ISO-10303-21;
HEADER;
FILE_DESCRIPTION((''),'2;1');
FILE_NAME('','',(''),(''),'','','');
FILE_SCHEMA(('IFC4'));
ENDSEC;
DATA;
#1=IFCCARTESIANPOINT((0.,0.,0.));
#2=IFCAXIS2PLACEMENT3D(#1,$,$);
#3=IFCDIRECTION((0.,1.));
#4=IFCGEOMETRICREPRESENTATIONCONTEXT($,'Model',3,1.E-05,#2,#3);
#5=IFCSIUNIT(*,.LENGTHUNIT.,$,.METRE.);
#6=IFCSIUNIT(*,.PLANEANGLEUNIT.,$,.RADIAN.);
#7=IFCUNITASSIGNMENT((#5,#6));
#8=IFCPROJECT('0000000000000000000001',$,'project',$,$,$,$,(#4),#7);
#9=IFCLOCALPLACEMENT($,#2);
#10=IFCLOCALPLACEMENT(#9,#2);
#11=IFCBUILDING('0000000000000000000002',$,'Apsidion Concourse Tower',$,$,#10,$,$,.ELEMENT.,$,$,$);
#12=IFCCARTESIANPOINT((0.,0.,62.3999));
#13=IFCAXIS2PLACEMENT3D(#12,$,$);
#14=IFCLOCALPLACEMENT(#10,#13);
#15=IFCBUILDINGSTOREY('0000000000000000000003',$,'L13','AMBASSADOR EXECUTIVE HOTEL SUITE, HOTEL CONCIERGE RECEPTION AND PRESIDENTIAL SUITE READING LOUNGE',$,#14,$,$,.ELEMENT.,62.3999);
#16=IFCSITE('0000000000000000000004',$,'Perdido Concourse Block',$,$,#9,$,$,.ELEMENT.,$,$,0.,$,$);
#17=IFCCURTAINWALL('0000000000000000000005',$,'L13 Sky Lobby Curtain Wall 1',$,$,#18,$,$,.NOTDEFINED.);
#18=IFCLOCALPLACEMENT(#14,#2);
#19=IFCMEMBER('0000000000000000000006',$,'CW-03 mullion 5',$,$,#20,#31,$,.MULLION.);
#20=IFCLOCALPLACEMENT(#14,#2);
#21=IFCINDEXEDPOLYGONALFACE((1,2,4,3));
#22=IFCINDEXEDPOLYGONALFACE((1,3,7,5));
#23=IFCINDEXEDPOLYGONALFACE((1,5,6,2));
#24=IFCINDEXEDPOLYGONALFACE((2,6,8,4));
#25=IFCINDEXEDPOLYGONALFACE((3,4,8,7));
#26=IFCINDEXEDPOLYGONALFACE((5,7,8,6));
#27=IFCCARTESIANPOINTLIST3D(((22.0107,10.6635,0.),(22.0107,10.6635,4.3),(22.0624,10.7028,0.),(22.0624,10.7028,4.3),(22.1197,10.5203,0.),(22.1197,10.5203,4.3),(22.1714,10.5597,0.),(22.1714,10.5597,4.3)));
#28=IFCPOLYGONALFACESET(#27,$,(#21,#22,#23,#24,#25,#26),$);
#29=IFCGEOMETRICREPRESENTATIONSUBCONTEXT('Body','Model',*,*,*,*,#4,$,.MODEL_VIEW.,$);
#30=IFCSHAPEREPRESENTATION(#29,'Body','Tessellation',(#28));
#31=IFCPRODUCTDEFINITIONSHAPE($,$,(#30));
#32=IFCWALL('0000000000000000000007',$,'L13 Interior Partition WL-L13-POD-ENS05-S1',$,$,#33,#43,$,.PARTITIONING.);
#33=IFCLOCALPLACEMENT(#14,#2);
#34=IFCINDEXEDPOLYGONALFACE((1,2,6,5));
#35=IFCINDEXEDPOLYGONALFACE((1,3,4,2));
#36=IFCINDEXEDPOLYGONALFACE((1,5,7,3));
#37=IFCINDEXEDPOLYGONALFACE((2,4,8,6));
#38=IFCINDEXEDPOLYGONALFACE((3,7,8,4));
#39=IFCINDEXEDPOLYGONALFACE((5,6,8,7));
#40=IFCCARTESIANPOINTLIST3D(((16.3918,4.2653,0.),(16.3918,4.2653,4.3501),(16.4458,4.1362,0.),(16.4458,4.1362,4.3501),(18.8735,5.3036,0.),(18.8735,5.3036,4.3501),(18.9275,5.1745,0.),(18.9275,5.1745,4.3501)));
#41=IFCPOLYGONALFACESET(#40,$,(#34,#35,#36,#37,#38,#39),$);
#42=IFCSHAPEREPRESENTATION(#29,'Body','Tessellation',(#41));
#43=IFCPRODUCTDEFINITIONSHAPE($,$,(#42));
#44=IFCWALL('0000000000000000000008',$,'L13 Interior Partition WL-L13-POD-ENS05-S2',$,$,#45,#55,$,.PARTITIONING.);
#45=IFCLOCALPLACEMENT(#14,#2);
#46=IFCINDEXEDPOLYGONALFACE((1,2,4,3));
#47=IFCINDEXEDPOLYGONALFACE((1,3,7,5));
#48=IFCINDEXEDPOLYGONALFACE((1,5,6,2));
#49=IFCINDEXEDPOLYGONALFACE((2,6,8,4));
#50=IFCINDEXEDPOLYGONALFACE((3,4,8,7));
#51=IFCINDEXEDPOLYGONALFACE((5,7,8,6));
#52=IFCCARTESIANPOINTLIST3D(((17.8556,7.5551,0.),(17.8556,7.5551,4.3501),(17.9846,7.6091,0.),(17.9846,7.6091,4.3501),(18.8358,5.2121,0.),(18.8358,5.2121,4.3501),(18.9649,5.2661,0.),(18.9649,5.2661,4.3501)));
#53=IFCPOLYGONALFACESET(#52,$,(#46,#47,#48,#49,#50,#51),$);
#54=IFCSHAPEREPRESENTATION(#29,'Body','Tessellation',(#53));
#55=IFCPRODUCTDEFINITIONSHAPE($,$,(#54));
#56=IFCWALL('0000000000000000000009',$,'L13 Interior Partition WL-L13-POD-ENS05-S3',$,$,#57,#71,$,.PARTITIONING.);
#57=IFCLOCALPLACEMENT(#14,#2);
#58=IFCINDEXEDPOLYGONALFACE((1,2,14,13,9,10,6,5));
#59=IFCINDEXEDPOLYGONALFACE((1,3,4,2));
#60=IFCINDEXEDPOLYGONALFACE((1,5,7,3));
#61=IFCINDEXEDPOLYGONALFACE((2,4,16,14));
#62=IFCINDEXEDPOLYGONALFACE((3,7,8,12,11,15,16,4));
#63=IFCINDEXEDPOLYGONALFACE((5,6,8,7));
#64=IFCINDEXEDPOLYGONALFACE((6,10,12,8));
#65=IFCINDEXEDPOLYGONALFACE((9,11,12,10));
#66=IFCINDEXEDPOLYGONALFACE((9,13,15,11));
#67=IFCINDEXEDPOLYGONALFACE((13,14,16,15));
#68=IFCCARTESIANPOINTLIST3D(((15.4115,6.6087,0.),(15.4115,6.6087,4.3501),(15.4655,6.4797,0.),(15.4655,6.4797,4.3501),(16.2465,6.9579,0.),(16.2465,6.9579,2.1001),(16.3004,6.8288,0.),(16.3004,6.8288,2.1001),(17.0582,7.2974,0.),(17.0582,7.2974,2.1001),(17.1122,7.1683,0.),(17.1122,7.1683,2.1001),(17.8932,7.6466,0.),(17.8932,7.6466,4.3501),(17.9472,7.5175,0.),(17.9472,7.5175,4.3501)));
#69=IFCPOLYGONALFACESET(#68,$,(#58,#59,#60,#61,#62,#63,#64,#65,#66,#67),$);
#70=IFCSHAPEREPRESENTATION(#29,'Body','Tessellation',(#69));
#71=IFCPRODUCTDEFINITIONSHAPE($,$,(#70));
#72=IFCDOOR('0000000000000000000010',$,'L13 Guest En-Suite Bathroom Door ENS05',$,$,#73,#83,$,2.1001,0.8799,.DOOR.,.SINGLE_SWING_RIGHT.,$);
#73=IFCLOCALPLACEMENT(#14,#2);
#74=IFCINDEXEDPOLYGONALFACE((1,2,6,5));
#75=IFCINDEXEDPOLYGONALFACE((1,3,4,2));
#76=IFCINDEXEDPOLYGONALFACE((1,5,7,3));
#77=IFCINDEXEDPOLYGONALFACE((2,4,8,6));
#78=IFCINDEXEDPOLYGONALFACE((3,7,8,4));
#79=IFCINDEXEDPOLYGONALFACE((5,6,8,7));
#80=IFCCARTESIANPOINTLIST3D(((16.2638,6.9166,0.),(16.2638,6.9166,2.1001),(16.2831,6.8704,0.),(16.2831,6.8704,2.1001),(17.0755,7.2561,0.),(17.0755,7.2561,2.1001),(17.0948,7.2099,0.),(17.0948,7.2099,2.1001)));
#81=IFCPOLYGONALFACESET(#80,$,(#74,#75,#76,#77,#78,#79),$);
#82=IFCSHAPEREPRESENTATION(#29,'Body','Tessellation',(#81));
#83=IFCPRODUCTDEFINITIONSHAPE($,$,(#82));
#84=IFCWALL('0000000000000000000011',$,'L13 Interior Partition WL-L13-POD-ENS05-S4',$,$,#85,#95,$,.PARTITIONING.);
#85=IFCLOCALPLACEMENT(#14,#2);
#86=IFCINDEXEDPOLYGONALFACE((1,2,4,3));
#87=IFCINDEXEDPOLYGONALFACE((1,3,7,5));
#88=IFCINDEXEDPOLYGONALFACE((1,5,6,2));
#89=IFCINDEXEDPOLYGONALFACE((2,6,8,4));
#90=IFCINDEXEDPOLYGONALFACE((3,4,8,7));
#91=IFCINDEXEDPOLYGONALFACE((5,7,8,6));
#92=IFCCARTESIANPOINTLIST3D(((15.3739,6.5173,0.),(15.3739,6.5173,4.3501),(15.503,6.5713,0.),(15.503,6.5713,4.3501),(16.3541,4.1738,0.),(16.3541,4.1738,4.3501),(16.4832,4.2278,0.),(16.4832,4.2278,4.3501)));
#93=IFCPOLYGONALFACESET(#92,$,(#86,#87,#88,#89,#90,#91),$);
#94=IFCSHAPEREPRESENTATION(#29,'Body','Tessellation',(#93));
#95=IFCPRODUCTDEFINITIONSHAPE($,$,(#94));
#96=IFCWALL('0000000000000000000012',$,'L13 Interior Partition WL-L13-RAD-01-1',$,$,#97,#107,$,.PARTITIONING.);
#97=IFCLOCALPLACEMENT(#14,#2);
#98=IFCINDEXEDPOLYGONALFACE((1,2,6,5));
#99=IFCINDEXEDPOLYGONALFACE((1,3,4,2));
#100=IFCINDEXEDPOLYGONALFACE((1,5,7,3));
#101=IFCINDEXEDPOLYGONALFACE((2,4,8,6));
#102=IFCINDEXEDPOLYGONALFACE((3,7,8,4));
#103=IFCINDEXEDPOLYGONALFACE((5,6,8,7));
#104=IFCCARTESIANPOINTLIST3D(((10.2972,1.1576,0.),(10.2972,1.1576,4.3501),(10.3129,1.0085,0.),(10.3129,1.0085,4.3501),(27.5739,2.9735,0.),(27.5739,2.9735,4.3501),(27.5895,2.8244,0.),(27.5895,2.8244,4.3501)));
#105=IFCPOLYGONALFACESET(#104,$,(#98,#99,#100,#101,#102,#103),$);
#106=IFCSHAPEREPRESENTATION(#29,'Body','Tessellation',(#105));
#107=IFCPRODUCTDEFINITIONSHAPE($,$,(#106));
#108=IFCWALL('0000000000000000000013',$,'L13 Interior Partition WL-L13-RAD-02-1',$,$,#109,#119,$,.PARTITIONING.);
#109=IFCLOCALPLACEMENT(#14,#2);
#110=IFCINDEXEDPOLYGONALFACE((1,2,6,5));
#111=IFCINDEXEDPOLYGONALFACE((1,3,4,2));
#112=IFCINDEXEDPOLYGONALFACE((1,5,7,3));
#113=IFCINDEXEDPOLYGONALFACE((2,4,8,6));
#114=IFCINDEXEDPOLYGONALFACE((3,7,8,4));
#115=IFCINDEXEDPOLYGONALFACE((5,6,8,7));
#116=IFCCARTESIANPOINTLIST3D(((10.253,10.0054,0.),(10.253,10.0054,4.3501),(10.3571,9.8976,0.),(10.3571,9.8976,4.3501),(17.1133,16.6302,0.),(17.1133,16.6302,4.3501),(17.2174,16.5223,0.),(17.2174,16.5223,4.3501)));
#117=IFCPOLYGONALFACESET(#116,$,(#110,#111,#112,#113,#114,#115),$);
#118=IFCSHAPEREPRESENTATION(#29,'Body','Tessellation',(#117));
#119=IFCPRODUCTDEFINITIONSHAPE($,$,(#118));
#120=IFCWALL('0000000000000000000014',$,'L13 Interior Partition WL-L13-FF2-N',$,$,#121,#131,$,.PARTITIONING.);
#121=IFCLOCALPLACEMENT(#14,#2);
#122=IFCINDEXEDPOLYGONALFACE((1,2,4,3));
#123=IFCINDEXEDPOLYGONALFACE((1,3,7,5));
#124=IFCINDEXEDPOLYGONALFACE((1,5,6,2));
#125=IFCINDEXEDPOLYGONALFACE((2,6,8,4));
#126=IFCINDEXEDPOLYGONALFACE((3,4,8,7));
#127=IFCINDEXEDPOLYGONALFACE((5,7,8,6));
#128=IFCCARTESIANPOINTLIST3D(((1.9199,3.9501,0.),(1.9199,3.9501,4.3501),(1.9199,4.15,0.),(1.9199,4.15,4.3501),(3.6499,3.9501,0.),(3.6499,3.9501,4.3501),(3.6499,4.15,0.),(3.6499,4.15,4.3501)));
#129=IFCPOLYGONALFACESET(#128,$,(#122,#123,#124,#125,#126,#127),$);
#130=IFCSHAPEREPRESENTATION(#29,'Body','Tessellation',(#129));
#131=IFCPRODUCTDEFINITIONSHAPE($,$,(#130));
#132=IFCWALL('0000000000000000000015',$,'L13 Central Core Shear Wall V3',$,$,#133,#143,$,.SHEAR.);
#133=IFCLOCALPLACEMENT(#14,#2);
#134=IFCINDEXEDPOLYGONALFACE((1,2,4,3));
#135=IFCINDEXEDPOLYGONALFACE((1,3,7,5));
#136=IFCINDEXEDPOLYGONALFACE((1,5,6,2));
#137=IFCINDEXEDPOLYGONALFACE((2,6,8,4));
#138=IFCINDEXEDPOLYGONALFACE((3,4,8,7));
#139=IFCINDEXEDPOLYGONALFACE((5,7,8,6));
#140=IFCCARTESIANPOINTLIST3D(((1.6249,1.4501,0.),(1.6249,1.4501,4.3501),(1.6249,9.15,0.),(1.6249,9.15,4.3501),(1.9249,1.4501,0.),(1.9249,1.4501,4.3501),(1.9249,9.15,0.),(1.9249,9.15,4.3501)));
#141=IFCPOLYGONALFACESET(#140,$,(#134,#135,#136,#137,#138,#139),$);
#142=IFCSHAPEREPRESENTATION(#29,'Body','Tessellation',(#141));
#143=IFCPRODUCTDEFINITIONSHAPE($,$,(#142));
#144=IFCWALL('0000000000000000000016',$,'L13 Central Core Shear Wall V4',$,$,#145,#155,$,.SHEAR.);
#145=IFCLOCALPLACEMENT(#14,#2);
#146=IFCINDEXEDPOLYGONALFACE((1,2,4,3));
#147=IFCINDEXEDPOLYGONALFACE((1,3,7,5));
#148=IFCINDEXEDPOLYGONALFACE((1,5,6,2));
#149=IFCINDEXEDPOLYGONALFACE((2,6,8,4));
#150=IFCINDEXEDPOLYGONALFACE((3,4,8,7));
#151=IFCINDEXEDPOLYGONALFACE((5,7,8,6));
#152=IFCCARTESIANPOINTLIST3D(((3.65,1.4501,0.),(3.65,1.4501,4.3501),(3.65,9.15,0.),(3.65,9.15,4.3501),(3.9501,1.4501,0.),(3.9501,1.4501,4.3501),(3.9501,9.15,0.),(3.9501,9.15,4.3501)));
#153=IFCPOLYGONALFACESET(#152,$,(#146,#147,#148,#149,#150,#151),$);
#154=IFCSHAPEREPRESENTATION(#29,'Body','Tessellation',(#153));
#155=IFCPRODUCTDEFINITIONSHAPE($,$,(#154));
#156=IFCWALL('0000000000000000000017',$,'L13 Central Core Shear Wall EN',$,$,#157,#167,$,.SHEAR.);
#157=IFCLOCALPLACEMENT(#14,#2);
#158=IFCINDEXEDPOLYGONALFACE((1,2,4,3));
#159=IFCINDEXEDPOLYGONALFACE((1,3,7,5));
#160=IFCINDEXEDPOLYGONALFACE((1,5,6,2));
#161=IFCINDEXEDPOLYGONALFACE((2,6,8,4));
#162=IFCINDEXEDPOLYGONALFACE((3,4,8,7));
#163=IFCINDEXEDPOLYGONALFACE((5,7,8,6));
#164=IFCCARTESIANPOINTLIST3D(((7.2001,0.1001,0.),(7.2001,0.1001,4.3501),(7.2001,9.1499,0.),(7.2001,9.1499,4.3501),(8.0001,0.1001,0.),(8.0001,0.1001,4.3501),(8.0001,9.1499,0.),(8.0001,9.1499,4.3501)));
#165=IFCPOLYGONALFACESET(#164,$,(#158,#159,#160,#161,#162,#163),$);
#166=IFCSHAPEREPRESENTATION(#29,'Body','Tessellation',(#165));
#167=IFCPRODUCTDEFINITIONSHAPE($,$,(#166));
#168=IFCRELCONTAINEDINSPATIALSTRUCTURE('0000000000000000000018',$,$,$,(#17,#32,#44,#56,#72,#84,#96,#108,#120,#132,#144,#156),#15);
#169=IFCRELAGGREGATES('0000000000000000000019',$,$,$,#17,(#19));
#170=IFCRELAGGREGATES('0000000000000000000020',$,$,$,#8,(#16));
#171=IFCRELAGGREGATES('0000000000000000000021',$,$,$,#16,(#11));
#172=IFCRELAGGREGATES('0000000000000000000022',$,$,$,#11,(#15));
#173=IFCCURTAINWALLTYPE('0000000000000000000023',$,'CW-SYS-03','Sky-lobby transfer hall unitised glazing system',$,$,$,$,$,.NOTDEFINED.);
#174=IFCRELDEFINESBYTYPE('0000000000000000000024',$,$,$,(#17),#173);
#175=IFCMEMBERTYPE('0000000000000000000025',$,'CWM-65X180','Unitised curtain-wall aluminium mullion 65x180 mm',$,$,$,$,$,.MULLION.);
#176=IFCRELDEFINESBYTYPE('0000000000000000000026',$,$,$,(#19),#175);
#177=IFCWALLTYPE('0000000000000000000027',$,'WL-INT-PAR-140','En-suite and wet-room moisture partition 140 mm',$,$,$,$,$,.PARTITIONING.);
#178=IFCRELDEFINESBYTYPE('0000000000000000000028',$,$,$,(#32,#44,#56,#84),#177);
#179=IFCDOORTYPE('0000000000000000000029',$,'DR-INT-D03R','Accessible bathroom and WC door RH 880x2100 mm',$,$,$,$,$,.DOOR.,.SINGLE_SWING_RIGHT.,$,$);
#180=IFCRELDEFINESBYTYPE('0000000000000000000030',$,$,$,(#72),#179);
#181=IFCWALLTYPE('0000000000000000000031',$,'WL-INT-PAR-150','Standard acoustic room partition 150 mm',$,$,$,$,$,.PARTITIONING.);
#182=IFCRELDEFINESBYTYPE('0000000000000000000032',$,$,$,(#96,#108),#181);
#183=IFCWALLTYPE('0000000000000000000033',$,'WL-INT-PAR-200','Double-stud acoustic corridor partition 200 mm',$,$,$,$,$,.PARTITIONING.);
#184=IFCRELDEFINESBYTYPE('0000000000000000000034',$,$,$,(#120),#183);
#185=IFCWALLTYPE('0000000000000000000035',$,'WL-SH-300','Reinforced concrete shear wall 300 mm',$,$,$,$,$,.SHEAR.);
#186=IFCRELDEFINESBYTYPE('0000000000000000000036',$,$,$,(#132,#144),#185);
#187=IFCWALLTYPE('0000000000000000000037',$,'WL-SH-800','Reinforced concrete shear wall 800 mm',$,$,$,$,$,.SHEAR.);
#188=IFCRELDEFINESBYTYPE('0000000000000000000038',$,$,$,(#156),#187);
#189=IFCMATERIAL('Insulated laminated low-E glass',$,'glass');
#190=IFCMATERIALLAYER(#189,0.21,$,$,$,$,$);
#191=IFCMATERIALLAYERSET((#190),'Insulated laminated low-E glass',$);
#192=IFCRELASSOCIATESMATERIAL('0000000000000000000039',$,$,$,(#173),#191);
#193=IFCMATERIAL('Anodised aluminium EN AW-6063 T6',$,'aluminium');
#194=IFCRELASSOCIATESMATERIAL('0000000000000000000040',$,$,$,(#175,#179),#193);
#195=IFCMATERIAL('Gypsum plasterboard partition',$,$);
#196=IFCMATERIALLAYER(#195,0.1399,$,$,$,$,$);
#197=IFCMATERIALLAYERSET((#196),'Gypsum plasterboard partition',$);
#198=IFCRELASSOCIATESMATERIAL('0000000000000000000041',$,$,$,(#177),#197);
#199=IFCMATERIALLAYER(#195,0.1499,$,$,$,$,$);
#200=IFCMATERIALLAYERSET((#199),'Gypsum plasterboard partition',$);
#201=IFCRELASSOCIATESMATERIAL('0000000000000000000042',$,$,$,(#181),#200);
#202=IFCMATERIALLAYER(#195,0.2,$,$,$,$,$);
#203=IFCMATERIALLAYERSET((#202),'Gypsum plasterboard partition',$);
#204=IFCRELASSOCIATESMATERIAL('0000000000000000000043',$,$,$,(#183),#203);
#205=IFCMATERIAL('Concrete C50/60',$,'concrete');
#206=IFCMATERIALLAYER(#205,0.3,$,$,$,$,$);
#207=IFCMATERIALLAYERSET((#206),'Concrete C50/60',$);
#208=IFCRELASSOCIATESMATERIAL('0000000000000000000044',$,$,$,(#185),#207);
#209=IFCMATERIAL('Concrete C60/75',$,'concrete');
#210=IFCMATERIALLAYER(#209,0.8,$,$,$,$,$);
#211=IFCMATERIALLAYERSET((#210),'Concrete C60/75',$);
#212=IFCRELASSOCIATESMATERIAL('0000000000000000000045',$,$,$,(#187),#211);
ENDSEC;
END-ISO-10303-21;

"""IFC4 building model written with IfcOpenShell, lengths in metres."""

from ifc_helpers import new_model, si_unit, direction, frame, frame_2d, origin, origin_2d, place, context, subcontext, project, spatial, rectangle, extrude, material, layer, layer_set, material_profile, profile_set, type_object, element, fill, aggregate, save


model = new_model("IFC4")

# Units and contexts
model_context = context("Model", 3, precision=1e-05, world=origin(), true_north=direction((0.0, 1.0)))
body_context = subcontext(model_context, "Body", "Model", "MODEL_VIEW")
ifc_project = project(units=[si_unit("LENGTHUNIT", "METRE"), si_unit("PLANEANGLEUNIT", "RADIAN")], contexts=[model_context])

# Site, building, storey
site_placement = place(None, origin())
site = spatial("IfcSite", under=ifc_project, at=site_placement, Name="Perdido Concourse Block", CompositionType="ELEMENT", RefElevation=0.0)
building_placement = place(site_placement, origin())
building = spatial("IfcBuilding", under=site, at=building_placement, Name="Apsidion Concourse Tower", CompositionType="ELEMENT")
storey_placement = place(building_placement, frame((0.0, 0.0, 62.3999)))
storey = spatial("IfcBuildingStorey", under=building, at=storey_placement, Name="L13", Description="AMBASSADOR EXECUTIVE HOTEL SUITE, HOTEL CONCIERGE RECEPTION AND PRESIDENTIAL SUITE READING LOUNGE", CompositionType="ELEMENT", Elevation=62.3999)

# Shared definitions
ifc_material_1 = material(Name="Concrete C50/60", Category="concrete")
ifc_material_2 = material(Name="Concrete C60/75", Category="concrete")

# Curtain wall, member
ifc_material_3 = material(Name="Insulated laminated low-E glass", Category="glass")
ifc_layer_1 = layer(ifc_material_3, 0.21)
ifc_layer_set_1 = layer_set([ifc_layer_1], Name="Insulated laminated low-E glass")
curtain_wall_type = type_object("IfcCurtainWallType", Name="CW-SYS-03", Description="Sky-lobby transfer hall unitised glazing system", PredefinedType="NOTDEFINED", material=ifc_layer_set_1)
curtain_wall_placement = place(storey_placement, origin())
curtain_wall = element("IfcCurtainWall", 1, at=curtain_wall_placement, inside=storey, type_object=curtain_wall_type, Name="L13 Sky Lobby Curtain Wall 1", PredefinedType="NOTDEFINED")
ifc_material_4 = material(Name="Anodised aluminium EN AW-6063 T6", Category="aluminium")
ifc_material_profile_1 = material_profile(ifc_material_4, rectangle(XDim=0.0649, YDim=0.1799, at=origin_2d()), Name="ALU MULLION 65x180")
ifc_profile_set_1 = profile_set([ifc_material_profile_1], Name="Anodised aluminium EN AW-6063 T6")
member_type = type_object("IfcMemberType", Name="CWM-65X180", Description="Unitised curtain-wall aluminium mullion 65x180 mm", PredefinedType="MULLION", material=ifc_profile_set_1)
member_placement = place(storey_placement, frame((22.0911, 10.6116, 0.0), z_axis=(0.0, 0.0, 1.0), x_axis=(0.795559, 0.605877, 0.0)))
member = element("IfcMember", 2, at=member_placement, type_object=member_type, Name="CW-03 mullion 5", PredefinedType="MULLION", context=body_context, shape_type="SweptSolid", body=[
    extrude(rectangle(XDim=0.0649, YDim=0.1799, at=origin_2d()), origin(), (0.0, 0.0, 1.0), 4.3),
])
aggregate(curtain_wall, [member])

# Walls
ifc_material_5 = material(Name="Gypsum plasterboard partition")
ifc_layer_2 = layer(ifc_material_5, 0.1399)
ifc_layer_set_2 = layer_set([ifc_layer_2], Name="Gypsum plasterboard partition")
wall_type_1 = type_object("IfcWallType", Name="WL-INT-PAR-140", Description="En-suite and wet-room moisture partition 140 mm", PredefinedType="PARTITIONING", material=ifc_layer_set_2)
wall_1_placement = place(storey_placement, frame((16.4187, 4.2007, 0.0), z_axis=(0.0, 0.0, 1.0), x_axis=(0.922509, 0.385975, 0.0)))
element("IfcWall", 3, at=wall_1_placement, inside=storey, type_object=wall_type_1, Name="L13 Interior Partition WL-L13-POD-ENS05-S1", PredefinedType="PARTITIONING", context=body_context, shape_type="SweptSolid", body=[
    extrude(rectangle(XDim=2.6902, YDim=0.1399, at=frame_2d((1.3452, 0.0))), origin(), (0.0, 0.0, 1.0), 4.3501),
])
wall_2_placement = place(storey_placement, frame((18.9004, 5.239, 0.0), z_axis=(0.0, 0.0, 1.0), x_axis=(-0.385946, 0.922521, 0.0)))
element("IfcWall", 4, at=wall_2_placement, inside=storey, type_object=wall_type_1, Name="L13 Interior Partition WL-L13-POD-ENS05-S2", PredefinedType="PARTITIONING", context=body_context, shape_type="SweptSolid", body=[
    extrude(rectangle(XDim=2.5398, YDim=0.1399, at=frame_2d((1.27, 0.0))), origin(), (0.0, 0.0, 1.0), 4.3501),
])

# Wall, opening, door
wall_3_placement = place(storey_placement, frame((17.9202, 7.582, 0.0), z_axis=(0.0, 0.0, 1.0), x_axis=(-0.922574, -0.38582, 0.0)))
wall_3 = element("IfcWall", 5, at=wall_3_placement, inside=storey, type_object=wall_type_1, Name="L13 Interior Partition WL-L13-POD-ENS05-S3", PredefinedType="PARTITIONING", context=body_context, shape_type="SweptSolid", body=[
    extrude(rectangle(XDim=2.6899, YDim=0.1399, at=frame_2d((1.345, 0.0))), origin(), (0.0, 0.0, 1.0), 4.3501),
])
opening_placement = place(wall_3_placement, frame((0.905, 0.0, 0.0)))
opening = element("IfcOpeningElement", 6, at=opening_placement, cuts=wall_3, PredefinedType="OPENING", context=body_context, shape_type="SweptSolid", body=[
    extrude(rectangle(XDim=0.8799, YDim=2.1001, at=frame_2d((0.4399, 1.05))), frame((0.0, 0.0801, 0.0), z_axis=(0.0, -1.0, 0.0), x_axis=(1.0, 0.0, 0.0)), (0.0, 0.0, 1.0), 0.1599),
])
door_type = type_object("IfcDoorType", Name="DR-INT-D03R", Description="Accessible bathroom and WC door RH 880x2100 mm", OperationType="SINGLE_SWING_RIGHT", PredefinedType="DOOR", material=ifc_material_4)
door_placement = place(opening_placement, origin())
door = element("IfcDoor", 7, at=door_placement, inside=storey, type_object=door_type, Name="L13 Guest En-Suite Bathroom Door ENS05", OperationType="SINGLE_SWING_RIGHT", OverallHeight=2.1001, OverallWidth=0.8799, PredefinedType="DOOR", context=body_context, shape_type="SweptSolid", body=[
    extrude(rectangle(XDim=0.8799, YDim=2.1001, at=frame_2d((0.4399, 1.05))), frame((0.0, 0.0249, 0.0), z_axis=(0.0, -1.0, 0.0), x_axis=(1.0, 0.0, 0.0)), (0.0, 0.0, 1.0), 0.05),
])
fill(opening, door)

# Walls
wall_4_placement = place(storey_placement, frame((15.4385, 6.5442, 0.0), z_axis=(0.0, 0.0, 1.0), x_axis=(0.385878, -0.92255, 0.0)))
element("IfcWall", 8, at=wall_4_placement, inside=storey, type_object=wall_type_1, Name="L13 Interior Partition WL-L13-POD-ENS05-S4", PredefinedType="PARTITIONING", context=body_context, shape_type="SweptSolid", body=[
    extrude(rectangle(XDim=2.5403, YDim=0.1399, at=frame_2d((1.27, 0.0))), origin(), (0.0, 0.0, 1.0), 4.3501),
])
ifc_layer_3 = layer(ifc_material_5, 0.1499)
ifc_layer_set_3 = layer_set([ifc_layer_3], Name="Gypsum plasterboard partition")
wall_type_2 = type_object("IfcWallType", Name="WL-INT-PAR-150", Description="Standard acoustic room partition 150 mm", PredefinedType="PARTITIONING", material=ifc_layer_set_3)
wall_5_placement = place(storey_placement, frame((10.3049, 1.083, 0.0), z_axis=(0.0, 0.0, 1.0), x_axis=(0.994521, 0.104533, 0.0)))
element("IfcWall", 9, at=wall_5_placement, inside=storey, type_object=wall_type_2, Name="L13 Interior Partition WL-L13-RAD-01-1", PredefinedType="PARTITIONING", context=body_context, shape_type="SweptSolid", body=[
    extrude(rectangle(XDim=17.3718, YDim=0.1499, at=frame_2d((8.686, 0.0))), origin(), (0.0, 0.0, 1.0), 4.3501),
])
wall_6_placement = place(storey_placement, frame((10.3049, 9.9514, 0.0), z_axis=(0.0, 0.0, 1.0), x_axis=(0.719351, 0.694647, 0.0)))
element("IfcWall", 10, at=wall_6_placement, inside=storey, type_object=wall_type_2, Name="L13 Interior Partition WL-L13-RAD-02-1", PredefinedType="PARTITIONING", context=body_context, shape_type="SweptSolid", body=[
    extrude(rectangle(XDim=9.5369, YDim=0.1499, at=frame_2d((4.7686, 0.0))), origin(), (0.0, 0.0, 1.0), 4.3501),
])
ifc_layer_4 = layer(ifc_material_5, 0.2)
ifc_layer_set_4 = layer_set([ifc_layer_4], Name="Gypsum plasterboard partition")
wall_type_3 = type_object("IfcWallType", Name="WL-INT-PAR-200", Description="Double-stud acoustic corridor partition 200 mm", PredefinedType="PARTITIONING", material=ifc_layer_set_4)
wall_7_placement = place(storey_placement, frame((1.9199, 4.05, 0.0), z_axis=(0.0, 0.0, 1.0), x_axis=(1.0, 0.0, 0.0)))
element("IfcWall", 11, at=wall_7_placement, inside=storey, type_object=wall_type_3, Name="L13 Interior Partition WL-L13-FF2-N", PredefinedType="PARTITIONING", context=body_context, shape_type="SweptSolid", body=[
    extrude(rectangle(XDim=1.73, YDim=0.2, at=frame_2d((0.865, 0.0))), origin(), (0.0, 0.0, 1.0), 4.3501),
])
ifc_layer_5 = layer(ifc_material_1, 0.3)
ifc_layer_set_5 = layer_set([ifc_layer_5], Name="Concrete C50/60")
wall_type_4 = type_object("IfcWallType", Name="WL-SH-300", Description="Reinforced concrete shear wall 300 mm", PredefinedType="SHEAR", material=ifc_layer_set_5)
for number, where, z_axis, x_axis, name in (
    (12, (1.7749, 1.45, 0.0), (0.0, 0.0, 1.0), (0.0, 1.0, 0.0), "L13 Central Core Shear Wall V3"),
    (13, (3.8, 1.45, 0.0), (0.0, 0.0, 1.0), (0.0, 1.0, 0.0), "L13 Central Core Shear Wall V4"),
):
    element("IfcWall", number, at=place(storey_placement, frame(where, z_axis=z_axis, x_axis=x_axis)), inside=storey, type_object=wall_type_4, Name=name, PredefinedType="SHEAR", context=body_context, shape_type="SweptSolid", body=[
        extrude(rectangle(XDim=7.7, YDim=0.3, at=frame_2d((3.8501, 0.0))), origin(), (0.0, 0.0, 1.0), 4.3501),
    ])
ifc_layer_6 = layer(ifc_material_2, 0.8)
ifc_layer_set_6 = layer_set([ifc_layer_6], Name="Concrete C60/75")
wall_type_5 = type_object("IfcWallType", Name="WL-SH-800", Description="Reinforced concrete shear wall 800 mm", PredefinedType="SHEAR", material=ifc_layer_set_6)
wall_8_placement = place(storey_placement, frame((7.6001, 0.1001, 0.0), z_axis=(0.0, 0.0, 1.0), x_axis=(0.0, 1.0, 0.0)))
element("IfcWall", 14, at=wall_8_placement, inside=storey, type_object=wall_type_5, Name="L13 Central Core Shear Wall EN", PredefinedType="SHEAR", context=body_context, shape_type="SweptSolid", body=[
    extrude(rectangle(XDim=9.0498, YDim=0.8, at=frame_2d((4.5249, 0.0))), origin(), (0.0, 0.0, 1.0), 4.3501),
])

save(model, "model.ifc")
